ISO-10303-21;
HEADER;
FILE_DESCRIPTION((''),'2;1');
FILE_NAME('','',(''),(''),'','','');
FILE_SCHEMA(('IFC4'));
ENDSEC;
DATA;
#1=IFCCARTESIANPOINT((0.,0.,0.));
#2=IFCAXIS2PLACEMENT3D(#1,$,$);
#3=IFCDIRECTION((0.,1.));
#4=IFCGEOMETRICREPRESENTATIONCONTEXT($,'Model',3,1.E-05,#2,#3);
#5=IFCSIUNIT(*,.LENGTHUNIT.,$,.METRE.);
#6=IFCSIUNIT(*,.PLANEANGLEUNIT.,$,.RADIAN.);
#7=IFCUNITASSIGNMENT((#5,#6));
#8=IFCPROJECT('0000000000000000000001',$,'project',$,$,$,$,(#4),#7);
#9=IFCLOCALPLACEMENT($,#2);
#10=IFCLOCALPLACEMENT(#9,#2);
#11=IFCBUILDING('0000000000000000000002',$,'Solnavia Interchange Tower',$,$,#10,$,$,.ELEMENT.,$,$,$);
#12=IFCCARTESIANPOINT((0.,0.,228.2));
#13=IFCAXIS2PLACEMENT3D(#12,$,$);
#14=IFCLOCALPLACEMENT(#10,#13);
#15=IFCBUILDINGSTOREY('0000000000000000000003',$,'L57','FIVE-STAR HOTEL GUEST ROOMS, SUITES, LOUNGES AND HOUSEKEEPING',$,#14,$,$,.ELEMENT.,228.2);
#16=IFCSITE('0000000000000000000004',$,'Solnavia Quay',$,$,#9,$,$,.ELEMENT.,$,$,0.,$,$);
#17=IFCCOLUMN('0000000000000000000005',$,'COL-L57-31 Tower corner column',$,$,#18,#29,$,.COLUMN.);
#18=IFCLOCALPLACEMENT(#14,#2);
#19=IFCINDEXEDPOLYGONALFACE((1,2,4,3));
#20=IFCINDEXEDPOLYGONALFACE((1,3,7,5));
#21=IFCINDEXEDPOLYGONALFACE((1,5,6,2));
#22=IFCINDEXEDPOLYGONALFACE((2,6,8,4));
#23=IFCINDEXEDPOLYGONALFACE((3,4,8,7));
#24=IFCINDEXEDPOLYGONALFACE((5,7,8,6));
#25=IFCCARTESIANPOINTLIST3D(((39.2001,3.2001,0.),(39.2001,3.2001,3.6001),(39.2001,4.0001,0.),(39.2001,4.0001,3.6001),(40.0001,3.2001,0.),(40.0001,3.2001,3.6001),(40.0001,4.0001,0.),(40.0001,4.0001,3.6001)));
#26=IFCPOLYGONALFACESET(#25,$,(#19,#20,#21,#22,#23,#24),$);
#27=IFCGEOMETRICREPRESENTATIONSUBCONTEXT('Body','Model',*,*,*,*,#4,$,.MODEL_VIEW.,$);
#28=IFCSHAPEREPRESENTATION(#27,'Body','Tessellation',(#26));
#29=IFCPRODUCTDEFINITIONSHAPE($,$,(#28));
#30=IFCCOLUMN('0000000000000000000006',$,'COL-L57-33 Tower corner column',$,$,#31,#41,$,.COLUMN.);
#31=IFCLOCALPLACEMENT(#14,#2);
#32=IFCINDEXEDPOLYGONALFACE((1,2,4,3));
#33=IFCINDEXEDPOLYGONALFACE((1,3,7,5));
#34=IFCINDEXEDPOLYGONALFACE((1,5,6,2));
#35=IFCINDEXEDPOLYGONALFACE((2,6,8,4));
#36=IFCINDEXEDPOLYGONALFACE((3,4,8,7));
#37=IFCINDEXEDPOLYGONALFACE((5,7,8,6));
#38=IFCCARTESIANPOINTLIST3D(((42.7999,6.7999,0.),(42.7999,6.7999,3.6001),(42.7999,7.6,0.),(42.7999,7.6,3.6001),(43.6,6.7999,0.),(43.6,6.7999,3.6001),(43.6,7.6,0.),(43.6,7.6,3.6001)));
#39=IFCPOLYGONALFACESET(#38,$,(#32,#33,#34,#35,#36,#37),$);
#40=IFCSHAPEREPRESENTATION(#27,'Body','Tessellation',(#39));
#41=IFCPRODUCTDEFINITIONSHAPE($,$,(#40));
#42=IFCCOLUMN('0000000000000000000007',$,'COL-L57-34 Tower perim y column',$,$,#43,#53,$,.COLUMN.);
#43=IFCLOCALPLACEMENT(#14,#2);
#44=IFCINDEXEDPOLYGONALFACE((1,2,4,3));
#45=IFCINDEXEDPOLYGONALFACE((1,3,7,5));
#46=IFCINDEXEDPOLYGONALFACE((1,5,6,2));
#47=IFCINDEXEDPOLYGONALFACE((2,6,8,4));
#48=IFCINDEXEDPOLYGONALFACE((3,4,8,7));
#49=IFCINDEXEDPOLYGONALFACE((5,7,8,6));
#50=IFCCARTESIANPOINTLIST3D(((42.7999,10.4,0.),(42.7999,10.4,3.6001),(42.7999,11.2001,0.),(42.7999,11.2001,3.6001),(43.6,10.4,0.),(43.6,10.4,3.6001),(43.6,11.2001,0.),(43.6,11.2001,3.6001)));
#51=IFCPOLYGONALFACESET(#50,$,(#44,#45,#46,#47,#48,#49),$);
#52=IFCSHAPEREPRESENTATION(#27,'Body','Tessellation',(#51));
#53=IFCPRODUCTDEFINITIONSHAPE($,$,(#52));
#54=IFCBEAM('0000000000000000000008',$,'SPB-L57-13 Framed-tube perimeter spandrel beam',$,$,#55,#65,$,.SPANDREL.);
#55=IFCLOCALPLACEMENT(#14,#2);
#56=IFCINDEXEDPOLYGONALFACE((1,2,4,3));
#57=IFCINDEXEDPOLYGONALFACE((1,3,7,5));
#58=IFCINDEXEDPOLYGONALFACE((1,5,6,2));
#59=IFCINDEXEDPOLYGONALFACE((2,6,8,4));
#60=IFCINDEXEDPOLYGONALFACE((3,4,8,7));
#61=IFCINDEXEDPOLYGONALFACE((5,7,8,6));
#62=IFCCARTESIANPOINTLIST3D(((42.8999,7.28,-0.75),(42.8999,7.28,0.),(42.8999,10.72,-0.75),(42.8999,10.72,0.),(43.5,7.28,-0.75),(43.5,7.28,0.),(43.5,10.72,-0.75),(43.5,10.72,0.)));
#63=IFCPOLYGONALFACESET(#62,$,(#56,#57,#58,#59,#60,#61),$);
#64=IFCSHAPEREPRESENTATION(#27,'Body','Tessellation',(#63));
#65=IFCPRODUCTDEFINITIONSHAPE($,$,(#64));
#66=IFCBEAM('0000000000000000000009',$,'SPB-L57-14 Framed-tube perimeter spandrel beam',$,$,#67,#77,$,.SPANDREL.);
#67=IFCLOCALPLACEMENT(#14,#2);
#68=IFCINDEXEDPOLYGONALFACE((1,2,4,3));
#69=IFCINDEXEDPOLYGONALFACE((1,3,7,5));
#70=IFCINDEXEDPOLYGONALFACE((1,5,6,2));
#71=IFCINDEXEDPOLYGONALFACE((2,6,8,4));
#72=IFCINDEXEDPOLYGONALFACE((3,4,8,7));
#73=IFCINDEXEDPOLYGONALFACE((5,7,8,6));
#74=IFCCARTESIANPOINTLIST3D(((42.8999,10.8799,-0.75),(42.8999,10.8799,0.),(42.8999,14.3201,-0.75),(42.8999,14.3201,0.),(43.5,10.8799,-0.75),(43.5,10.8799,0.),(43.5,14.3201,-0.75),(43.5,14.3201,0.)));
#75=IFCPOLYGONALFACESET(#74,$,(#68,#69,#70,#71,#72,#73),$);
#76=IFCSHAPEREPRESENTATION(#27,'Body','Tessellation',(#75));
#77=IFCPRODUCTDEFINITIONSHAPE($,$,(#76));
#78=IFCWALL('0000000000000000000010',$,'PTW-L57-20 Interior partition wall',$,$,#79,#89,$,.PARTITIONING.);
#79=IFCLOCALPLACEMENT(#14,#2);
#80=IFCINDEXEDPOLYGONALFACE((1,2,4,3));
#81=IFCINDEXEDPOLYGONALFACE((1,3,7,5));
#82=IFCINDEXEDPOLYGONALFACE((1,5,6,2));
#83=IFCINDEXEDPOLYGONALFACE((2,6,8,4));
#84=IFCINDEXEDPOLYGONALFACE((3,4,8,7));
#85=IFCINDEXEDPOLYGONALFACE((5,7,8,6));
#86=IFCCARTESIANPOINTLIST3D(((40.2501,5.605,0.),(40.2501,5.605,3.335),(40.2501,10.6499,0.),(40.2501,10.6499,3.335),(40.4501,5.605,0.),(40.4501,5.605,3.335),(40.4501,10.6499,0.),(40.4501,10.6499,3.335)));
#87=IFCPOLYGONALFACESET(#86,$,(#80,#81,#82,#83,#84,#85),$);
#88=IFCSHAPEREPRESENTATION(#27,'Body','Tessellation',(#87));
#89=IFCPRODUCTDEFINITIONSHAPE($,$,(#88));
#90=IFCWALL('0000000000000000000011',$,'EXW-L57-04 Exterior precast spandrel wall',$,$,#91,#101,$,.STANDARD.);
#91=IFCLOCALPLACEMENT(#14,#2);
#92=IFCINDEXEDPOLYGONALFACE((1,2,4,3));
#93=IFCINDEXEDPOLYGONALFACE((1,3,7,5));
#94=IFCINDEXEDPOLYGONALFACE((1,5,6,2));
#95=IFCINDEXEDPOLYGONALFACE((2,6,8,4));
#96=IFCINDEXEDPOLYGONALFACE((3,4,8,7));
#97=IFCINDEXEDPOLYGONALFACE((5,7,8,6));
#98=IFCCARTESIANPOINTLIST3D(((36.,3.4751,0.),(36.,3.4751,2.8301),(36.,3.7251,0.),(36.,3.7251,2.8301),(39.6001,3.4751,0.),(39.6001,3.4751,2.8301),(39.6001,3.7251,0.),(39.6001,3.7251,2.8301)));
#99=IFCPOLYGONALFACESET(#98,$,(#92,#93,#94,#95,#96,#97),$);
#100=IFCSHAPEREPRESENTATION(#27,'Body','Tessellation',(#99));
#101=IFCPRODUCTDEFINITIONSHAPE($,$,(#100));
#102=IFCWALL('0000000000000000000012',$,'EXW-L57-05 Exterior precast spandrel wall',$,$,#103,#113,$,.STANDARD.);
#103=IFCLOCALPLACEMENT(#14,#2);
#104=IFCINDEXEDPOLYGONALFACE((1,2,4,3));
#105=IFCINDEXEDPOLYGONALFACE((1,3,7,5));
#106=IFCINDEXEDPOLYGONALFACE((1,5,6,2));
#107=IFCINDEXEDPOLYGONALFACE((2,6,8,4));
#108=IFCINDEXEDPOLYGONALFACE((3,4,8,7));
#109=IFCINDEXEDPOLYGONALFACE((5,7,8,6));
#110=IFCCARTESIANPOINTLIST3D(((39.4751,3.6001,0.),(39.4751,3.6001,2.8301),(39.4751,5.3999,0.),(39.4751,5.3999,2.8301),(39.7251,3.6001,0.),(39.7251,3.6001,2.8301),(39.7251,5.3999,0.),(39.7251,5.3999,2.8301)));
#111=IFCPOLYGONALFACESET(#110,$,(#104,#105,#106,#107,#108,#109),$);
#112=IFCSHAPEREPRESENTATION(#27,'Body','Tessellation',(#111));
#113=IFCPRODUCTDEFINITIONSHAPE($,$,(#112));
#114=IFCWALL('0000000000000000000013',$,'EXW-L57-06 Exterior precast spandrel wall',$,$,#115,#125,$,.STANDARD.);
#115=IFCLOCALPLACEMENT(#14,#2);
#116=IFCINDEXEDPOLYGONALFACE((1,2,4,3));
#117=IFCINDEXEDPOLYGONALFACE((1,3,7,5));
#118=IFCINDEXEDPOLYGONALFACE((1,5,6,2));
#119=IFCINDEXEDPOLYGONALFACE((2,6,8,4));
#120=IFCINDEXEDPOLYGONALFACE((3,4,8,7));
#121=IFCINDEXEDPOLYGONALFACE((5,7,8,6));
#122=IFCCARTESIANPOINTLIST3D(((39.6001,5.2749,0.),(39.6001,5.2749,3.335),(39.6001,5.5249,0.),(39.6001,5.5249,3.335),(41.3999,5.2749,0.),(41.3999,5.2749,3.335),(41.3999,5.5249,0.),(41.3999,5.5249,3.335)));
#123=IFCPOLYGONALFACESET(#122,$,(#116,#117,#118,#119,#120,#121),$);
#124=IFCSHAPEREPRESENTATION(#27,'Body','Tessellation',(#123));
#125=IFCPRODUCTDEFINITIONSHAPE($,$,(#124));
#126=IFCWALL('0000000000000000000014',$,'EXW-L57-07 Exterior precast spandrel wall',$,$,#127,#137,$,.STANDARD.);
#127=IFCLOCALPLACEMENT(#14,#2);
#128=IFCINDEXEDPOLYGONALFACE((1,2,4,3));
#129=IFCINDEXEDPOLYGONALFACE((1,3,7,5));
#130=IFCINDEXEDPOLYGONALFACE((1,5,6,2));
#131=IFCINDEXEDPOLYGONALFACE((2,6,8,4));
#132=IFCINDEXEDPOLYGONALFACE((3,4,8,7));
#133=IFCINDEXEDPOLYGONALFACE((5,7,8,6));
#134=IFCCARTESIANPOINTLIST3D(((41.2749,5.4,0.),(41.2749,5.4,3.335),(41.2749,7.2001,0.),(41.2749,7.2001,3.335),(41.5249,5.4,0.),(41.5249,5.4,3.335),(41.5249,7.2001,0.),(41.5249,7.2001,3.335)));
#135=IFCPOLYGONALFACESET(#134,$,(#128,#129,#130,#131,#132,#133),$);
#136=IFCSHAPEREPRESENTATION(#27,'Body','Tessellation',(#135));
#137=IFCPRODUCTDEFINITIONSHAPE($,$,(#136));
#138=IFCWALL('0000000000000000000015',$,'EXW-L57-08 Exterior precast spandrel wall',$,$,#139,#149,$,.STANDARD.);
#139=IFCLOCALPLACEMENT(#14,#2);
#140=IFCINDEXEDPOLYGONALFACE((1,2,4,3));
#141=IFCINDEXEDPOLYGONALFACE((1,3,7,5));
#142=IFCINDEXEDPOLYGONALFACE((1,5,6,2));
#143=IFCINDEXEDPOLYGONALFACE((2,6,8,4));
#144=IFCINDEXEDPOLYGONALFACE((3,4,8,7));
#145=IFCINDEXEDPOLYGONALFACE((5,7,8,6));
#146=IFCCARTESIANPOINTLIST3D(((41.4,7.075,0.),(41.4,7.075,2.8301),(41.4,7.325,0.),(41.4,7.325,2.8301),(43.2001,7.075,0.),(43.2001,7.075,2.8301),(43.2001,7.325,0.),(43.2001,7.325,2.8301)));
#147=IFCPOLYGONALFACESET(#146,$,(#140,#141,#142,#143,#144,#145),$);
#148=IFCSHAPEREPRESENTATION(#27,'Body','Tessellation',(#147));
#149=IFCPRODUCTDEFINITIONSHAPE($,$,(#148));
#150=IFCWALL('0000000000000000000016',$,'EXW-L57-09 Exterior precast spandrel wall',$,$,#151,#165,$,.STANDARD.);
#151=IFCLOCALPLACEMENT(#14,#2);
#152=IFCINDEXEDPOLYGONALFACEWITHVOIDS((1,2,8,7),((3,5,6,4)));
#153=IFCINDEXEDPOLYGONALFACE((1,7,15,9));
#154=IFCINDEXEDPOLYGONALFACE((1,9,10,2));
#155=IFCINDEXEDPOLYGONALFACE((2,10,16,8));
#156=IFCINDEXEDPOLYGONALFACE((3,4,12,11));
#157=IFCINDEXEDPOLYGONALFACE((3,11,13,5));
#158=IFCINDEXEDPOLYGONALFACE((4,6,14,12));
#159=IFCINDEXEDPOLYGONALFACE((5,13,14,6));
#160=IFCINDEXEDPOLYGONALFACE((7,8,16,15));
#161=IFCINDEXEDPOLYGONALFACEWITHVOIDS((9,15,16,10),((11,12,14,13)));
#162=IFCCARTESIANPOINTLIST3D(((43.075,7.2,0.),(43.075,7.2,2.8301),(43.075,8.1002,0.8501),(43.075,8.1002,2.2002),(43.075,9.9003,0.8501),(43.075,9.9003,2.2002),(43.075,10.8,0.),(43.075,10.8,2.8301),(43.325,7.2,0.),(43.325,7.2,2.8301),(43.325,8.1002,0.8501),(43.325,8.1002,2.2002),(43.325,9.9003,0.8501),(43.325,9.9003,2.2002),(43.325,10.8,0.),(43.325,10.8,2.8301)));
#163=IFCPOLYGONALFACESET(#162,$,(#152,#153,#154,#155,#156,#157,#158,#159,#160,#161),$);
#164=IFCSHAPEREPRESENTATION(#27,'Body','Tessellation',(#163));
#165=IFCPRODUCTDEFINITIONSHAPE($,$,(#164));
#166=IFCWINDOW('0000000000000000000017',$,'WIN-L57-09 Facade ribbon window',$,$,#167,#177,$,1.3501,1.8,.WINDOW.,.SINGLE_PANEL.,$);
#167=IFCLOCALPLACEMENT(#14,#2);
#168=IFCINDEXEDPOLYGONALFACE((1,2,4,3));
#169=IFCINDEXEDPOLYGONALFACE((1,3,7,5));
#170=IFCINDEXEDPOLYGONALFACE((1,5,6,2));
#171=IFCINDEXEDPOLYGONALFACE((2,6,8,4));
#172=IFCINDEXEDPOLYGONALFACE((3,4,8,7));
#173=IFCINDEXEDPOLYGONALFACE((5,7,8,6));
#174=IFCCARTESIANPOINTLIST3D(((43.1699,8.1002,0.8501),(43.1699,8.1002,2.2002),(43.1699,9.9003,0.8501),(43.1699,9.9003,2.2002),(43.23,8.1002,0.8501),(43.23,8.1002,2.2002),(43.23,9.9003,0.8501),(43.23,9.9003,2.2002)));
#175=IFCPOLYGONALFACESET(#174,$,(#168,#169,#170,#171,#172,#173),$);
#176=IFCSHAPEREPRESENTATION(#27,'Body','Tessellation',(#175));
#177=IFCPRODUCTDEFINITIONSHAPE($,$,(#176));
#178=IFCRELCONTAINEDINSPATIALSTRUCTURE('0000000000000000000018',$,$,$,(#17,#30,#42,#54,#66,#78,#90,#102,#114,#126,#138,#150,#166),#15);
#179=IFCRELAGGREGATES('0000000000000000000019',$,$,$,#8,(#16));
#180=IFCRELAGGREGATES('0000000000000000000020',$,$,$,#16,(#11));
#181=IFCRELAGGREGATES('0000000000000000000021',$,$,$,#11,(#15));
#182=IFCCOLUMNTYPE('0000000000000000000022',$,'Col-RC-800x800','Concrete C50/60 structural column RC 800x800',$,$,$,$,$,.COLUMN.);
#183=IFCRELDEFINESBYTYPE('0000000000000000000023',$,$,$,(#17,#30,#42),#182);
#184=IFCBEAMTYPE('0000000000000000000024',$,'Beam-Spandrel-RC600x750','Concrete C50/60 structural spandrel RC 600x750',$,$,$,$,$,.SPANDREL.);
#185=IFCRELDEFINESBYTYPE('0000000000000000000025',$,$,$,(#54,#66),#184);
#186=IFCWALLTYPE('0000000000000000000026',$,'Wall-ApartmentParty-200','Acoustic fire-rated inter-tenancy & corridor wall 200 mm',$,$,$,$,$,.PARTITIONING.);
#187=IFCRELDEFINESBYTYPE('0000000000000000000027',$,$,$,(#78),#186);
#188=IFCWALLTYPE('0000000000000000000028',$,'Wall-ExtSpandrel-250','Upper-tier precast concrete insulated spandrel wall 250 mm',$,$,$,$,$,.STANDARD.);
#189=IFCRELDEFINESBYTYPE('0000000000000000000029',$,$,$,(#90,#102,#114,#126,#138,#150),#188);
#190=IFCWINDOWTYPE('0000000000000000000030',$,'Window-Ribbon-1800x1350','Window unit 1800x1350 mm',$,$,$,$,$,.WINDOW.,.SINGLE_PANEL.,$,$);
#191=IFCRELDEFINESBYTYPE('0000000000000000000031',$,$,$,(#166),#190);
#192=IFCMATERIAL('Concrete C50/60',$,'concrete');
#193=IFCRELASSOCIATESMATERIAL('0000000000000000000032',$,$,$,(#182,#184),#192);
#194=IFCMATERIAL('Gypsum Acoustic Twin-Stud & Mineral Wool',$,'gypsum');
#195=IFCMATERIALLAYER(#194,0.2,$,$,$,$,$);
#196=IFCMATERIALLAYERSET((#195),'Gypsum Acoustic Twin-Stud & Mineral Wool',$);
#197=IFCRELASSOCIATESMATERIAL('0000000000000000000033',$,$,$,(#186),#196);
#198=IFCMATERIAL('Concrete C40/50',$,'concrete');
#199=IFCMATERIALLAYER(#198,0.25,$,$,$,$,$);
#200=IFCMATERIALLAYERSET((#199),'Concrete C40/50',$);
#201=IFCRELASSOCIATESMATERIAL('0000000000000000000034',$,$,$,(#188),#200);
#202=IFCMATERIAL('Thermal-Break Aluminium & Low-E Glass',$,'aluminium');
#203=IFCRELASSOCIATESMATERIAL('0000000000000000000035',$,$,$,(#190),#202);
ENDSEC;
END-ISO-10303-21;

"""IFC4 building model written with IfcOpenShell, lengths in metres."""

from ifc_helpers import new_model, si_unit, direction, frame, frame_2d, origin, origin_2d, place, context, subcontext, project, spatial, rectangle, extrude, material, layer, layer_set, material_profile, profile_set, type_object, element, fill, save


model = new_model("IFC4")

# Units and contexts
model_context = context("Model", 3, precision=1e-05, world=origin(), true_north=direction((0.0, 1.0)))
body_context = subcontext(model_context, "Body", "Model", "MODEL_VIEW")
ifc_project = project(units=[si_unit("LENGTHUNIT", "METRE"), si_unit("PLANEANGLEUNIT", "RADIAN")], contexts=[model_context])

# Site, building, storey
site_placement = place(None, origin())
site = spatial("IfcSite", under=ifc_project, at=site_placement, Name="Solnavia Quay", CompositionType="ELEMENT", RefElevation=0.0)
building_placement = place(site_placement, origin())
building = spatial("IfcBuilding", under=site, at=building_placement, Name="Solnavia Interchange Tower", CompositionType="ELEMENT")
storey_placement = place(building_placement, frame((0.0, 0.0, 228.2)))
storey = spatial("IfcBuildingStorey", under=building, at=storey_placement, Name="L57", Description="FIVE-STAR HOTEL GUEST ROOMS, SUITES, LOUNGES AND HOUSEKEEPING", CompositionType="ELEMENT", Elevation=228.2)

# Columns
ifc_material_1 = material(Name="Concrete C50/60", Category="concrete")
ifc_material_profile_1 = material_profile(ifc_material_1, rectangle(XDim=0.8, YDim=0.8, at=origin_2d()), Name="RC 800x800")
ifc_profile_set_1 = profile_set([ifc_material_profile_1], Name="Concrete C50/60")
column_type = type_object("IfcColumnType", Name="Col-RC-800x800", Description="Concrete C50/60 structural column RC 800x800", PredefinedType="COLUMN", material=ifc_profile_set_1)
for number, where, z_axis, x_axis, name in (
    (1, (39.6001, 3.6001, 0.0), (0.0, 0.0, 1.0), (1.0, 0.0, 0.0), "COL-L57-31 Tower corner column"),
    (2, (43.2, 7.2, 0.0), (0.0, 0.0, 1.0), (1.0, 0.0, 0.0), "COL-L57-33 Tower corner column"),
    (3, (43.2, 10.8, 0.0), (0.0, 0.0, 1.0), (0.0, 1.0, 0.0), "COL-L57-34 Tower perim y column"),
):
    element("IfcColumn", number, at=place(storey_placement, frame(where, z_axis=z_axis, x_axis=x_axis)), inside=storey, type_object=column_type, Name=name, PredefinedType="COLUMN", context=body_context, shape_type="SweptSolid", body=[
        extrude(rectangle(XDim=0.8, YDim=0.8, at=origin_2d()), origin(), (0.0, 0.0, 1.0), 3.6001),
    ])

# Beams
ifc_material_profile_2 = material_profile(ifc_material_1, rectangle(XDim=0.6001, YDim=0.75, at=origin_2d()), Name="RC 600x750")
ifc_profile_set_2 = profile_set([ifc_material_profile_2], Name="Concrete C50/60")
beam_type = type_object("IfcBeamType", Name="Beam-Spandrel-RC600x750", Description="Concrete C50/60 structural spandrel RC 600x750", PredefinedType="SPANDREL", material=ifc_profile_set_2)
beam_1_placement = place(storey_placement, frame((43.2, 7.28, -0.375), z_axis=(0.0, 1.0, 0.0), x_axis=(-1.0, 0.0, 0.0)))
element("IfcBeam", 4, at=beam_1_placement, inside=storey, type_object=beam_type, Name="SPB-L57-13 Framed-tube perimeter spandrel beam", PredefinedType="SPANDREL", context=body_context, shape_type="SweptSolid", body=[
    extrude(rectangle(XDim=0.6001, YDim=0.75, at=origin_2d()), origin(), (0.0, 0.0, 1.0), 3.4399),
])
beam_2_placement = place(storey_placement, frame((43.2, 10.8799, -0.375), z_axis=(0.0, 1.0, 0.0), x_axis=(-1.0, 0.0, 0.0)))
element("IfcBeam", 5, at=beam_2_placement, inside=storey, type_object=beam_type, Name="SPB-L57-14 Framed-tube perimeter spandrel beam", PredefinedType="SPANDREL", context=body_context, shape_type="SweptSolid", body=[
    extrude(rectangle(XDim=0.6001, YDim=0.75, at=origin_2d()), origin(), (0.0, 0.0, 1.0), 3.4402),
])

# Walls
ifc_material_2 = material(Name="Gypsum Acoustic Twin-Stud & Mineral Wool", Category="gypsum")
ifc_layer_1 = layer(ifc_material_2, 0.2)
ifc_layer_set_1 = layer_set([ifc_layer_1], Name="Gypsum Acoustic Twin-Stud & Mineral Wool")
wall_type_1 = type_object("IfcWallType", Name="Wall-ApartmentParty-200", Description="Acoustic fire-rated inter-tenancy & corridor wall 200 mm", PredefinedType="PARTITIONING", material=ifc_layer_set_1)
wall_1_placement = place(storey_placement, frame((40.3501, 5.605, 0.0), z_axis=(0.0, 0.0, 1.0), x_axis=(0.0, 1.0, 0.0)))
element("IfcWall", 6, at=wall_1_placement, inside=storey, type_object=wall_type_1, Name="PTW-L57-20 Interior partition wall", PredefinedType="PARTITIONING", context=body_context, shape_type="SweptSolid", body=[
    extrude(rectangle(XDim=5.0449, YDim=0.2, at=frame_2d((2.5225, 0.0))), origin(), (0.0, 0.0, 1.0), 3.335),
])
ifc_material_3 = material(Name="Concrete C40/50", Category="concrete")
ifc_layer_2 = layer(ifc_material_3, 0.25)
ifc_layer_set_2 = layer_set([ifc_layer_2], Name="Concrete C40/50")
wall_type_2 = type_object("IfcWallType", Name="Wall-ExtSpandrel-250", Description="Upper-tier precast concrete insulated spandrel wall 250 mm", PredefinedType="STANDARD", material=ifc_layer_set_2)
wall_2_placement = place(storey_placement, frame((39.6001, 3.6001, 0.0), z_axis=(0.0, 0.0, 1.0), x_axis=(-1.0, 0.0, 0.0)))
element("IfcWall", 7, at=wall_2_placement, inside=storey, type_object=wall_type_2, Name="EXW-L57-04 Exterior precast spandrel wall", PredefinedType="STANDARD", context=body_context, shape_type="SweptSolid", body=[
    extrude(rectangle(XDim=3.6001, YDim=0.25, at=frame_2d((1.8, 0.0))), origin(), (0.0, 0.0, 1.0), 2.8301),
])
wall_3_placement = place(storey_placement, frame((39.6001, 5.3999, 0.0), z_axis=(0.0, 0.0, 1.0), x_axis=(0.0, -1.0, 0.0)))
element("IfcWall", 8, at=wall_3_placement, inside=storey, type_object=wall_type_2, Name="EXW-L57-05 Exterior precast spandrel wall", PredefinedType="STANDARD", context=body_context, shape_type="SweptSolid", body=[
    extrude(rectangle(XDim=1.7998, YDim=0.25, at=frame_2d((0.8999, 0.0))), origin(), (0.0, 0.0, 1.0), 2.8301),
])
wall_4_placement = place(storey_placement, frame((41.3999, 5.3999, 0.0), z_axis=(0.0, 0.0, 1.0), x_axis=(-1.0, 0.0, 0.0)))
element("IfcWall", 9, at=wall_4_placement, inside=storey, type_object=wall_type_2, Name="EXW-L57-06 Exterior precast spandrel wall", PredefinedType="STANDARD", context=body_context, shape_type="SweptSolid", body=[
    extrude(rectangle(XDim=1.7998, YDim=0.25, at=frame_2d((0.8999, 0.0))), origin(), (0.0, 0.0, 1.0), 3.335),
])
wall_5_placement = place(storey_placement, frame((41.3999, 7.2, 0.0), z_axis=(0.0, 0.0, 1.0), x_axis=(0.0, -1.0, 0.0)))
element("IfcWall", 10, at=wall_5_placement, inside=storey, type_object=wall_type_2, Name="EXW-L57-07 Exterior precast spandrel wall", PredefinedType="STANDARD", context=body_context, shape_type="SweptSolid", body=[
    extrude(rectangle(XDim=1.8, YDim=0.25, at=frame_2d((0.8999, 0.0))), origin(), (0.0, 0.0, 1.0), 3.335),
])
wall_6_placement = place(storey_placement, frame((43.2, 7.2, 0.0), z_axis=(0.0, 0.0, 1.0), x_axis=(-1.0, 0.0, 0.0)))
element("IfcWall", 11, at=wall_6_placement, inside=storey, type_object=wall_type_2, Name="EXW-L57-08 Exterior precast spandrel wall", PredefinedType="STANDARD", context=body_context, shape_type="SweptSolid", body=[
    extrude(rectangle(XDim=1.8, YDim=0.25, at=frame_2d((0.8999, 0.0))), origin(), (0.0, 0.0, 1.0), 2.8301),
])

# Wall, opening, window
wall_7_placement = place(storey_placement, frame((43.2, 10.8, 0.0), z_axis=(0.0, 0.0, 1.0), x_axis=(0.0, -1.0, 0.0)))
wall_7 = element("IfcWall", 12, at=wall_7_placement, inside=storey, type_object=wall_type_2, Name="EXW-L57-09 Exterior precast spandrel wall", PredefinedType="STANDARD", context=body_context, shape_type="SweptSolid", body=[
    extrude(rectangle(XDim=3.6001, YDim=0.25, at=frame_2d((1.8, 0.0))), origin(), (0.0, 0.0, 1.0), 2.8301),
])
opening_1_placement = place(wall_7_placement, frame((0.8999, 0.0, 0.8501)))
opening_1 = element("IfcOpeningElement", 13, at=opening_1_placement, cuts=wall_7, PredefinedType="OPENING", context=body_context, shape_type="SweptSolid", body=[
    extrude(rectangle(XDim=1.8, YDim=1.3501, at=frame_2d((0.8999, 0.675))), frame((0.0, 0.135, 0.0), z_axis=(0.0, -1.0, 0.0), x_axis=(1.0, 0.0, 0.0)), (0.0, 0.0, 1.0), 0.27),
])
ifc_material_4 = material(Name="Thermal-Break Aluminium & Low-E Glass", Category="aluminium")
window_type = type_object("IfcWindowType", Name="Window-Ribbon-1800x1350", Description="Window unit 1800x1350 mm", PartitioningType="SINGLE_PANEL", PredefinedType="WINDOW", material=ifc_material_4)
window_placement = place(opening_1_placement, origin())
window = element("IfcWindow", 14, at=window_placement, inside=storey, type_object=window_type, Name="WIN-L57-09 Facade ribbon window", OverallHeight=1.3501, OverallWidth=1.8, PartitioningType="SINGLE_PANEL", PredefinedType="WINDOW", context=body_context, shape_type="SweptSolid", body=[
    extrude(rectangle(XDim=1.8, YDim=1.3501, at=frame_2d((0.8999, 0.675))), frame((0.0, 0.03, 0.0), z_axis=(0.0, -1.0, 0.0), x_axis=(1.0, 0.0, 0.0)), (0.0, 0.0, 1.0), 0.0601),
])
fill(opening_1, window)

save(model, "model.ifc")
